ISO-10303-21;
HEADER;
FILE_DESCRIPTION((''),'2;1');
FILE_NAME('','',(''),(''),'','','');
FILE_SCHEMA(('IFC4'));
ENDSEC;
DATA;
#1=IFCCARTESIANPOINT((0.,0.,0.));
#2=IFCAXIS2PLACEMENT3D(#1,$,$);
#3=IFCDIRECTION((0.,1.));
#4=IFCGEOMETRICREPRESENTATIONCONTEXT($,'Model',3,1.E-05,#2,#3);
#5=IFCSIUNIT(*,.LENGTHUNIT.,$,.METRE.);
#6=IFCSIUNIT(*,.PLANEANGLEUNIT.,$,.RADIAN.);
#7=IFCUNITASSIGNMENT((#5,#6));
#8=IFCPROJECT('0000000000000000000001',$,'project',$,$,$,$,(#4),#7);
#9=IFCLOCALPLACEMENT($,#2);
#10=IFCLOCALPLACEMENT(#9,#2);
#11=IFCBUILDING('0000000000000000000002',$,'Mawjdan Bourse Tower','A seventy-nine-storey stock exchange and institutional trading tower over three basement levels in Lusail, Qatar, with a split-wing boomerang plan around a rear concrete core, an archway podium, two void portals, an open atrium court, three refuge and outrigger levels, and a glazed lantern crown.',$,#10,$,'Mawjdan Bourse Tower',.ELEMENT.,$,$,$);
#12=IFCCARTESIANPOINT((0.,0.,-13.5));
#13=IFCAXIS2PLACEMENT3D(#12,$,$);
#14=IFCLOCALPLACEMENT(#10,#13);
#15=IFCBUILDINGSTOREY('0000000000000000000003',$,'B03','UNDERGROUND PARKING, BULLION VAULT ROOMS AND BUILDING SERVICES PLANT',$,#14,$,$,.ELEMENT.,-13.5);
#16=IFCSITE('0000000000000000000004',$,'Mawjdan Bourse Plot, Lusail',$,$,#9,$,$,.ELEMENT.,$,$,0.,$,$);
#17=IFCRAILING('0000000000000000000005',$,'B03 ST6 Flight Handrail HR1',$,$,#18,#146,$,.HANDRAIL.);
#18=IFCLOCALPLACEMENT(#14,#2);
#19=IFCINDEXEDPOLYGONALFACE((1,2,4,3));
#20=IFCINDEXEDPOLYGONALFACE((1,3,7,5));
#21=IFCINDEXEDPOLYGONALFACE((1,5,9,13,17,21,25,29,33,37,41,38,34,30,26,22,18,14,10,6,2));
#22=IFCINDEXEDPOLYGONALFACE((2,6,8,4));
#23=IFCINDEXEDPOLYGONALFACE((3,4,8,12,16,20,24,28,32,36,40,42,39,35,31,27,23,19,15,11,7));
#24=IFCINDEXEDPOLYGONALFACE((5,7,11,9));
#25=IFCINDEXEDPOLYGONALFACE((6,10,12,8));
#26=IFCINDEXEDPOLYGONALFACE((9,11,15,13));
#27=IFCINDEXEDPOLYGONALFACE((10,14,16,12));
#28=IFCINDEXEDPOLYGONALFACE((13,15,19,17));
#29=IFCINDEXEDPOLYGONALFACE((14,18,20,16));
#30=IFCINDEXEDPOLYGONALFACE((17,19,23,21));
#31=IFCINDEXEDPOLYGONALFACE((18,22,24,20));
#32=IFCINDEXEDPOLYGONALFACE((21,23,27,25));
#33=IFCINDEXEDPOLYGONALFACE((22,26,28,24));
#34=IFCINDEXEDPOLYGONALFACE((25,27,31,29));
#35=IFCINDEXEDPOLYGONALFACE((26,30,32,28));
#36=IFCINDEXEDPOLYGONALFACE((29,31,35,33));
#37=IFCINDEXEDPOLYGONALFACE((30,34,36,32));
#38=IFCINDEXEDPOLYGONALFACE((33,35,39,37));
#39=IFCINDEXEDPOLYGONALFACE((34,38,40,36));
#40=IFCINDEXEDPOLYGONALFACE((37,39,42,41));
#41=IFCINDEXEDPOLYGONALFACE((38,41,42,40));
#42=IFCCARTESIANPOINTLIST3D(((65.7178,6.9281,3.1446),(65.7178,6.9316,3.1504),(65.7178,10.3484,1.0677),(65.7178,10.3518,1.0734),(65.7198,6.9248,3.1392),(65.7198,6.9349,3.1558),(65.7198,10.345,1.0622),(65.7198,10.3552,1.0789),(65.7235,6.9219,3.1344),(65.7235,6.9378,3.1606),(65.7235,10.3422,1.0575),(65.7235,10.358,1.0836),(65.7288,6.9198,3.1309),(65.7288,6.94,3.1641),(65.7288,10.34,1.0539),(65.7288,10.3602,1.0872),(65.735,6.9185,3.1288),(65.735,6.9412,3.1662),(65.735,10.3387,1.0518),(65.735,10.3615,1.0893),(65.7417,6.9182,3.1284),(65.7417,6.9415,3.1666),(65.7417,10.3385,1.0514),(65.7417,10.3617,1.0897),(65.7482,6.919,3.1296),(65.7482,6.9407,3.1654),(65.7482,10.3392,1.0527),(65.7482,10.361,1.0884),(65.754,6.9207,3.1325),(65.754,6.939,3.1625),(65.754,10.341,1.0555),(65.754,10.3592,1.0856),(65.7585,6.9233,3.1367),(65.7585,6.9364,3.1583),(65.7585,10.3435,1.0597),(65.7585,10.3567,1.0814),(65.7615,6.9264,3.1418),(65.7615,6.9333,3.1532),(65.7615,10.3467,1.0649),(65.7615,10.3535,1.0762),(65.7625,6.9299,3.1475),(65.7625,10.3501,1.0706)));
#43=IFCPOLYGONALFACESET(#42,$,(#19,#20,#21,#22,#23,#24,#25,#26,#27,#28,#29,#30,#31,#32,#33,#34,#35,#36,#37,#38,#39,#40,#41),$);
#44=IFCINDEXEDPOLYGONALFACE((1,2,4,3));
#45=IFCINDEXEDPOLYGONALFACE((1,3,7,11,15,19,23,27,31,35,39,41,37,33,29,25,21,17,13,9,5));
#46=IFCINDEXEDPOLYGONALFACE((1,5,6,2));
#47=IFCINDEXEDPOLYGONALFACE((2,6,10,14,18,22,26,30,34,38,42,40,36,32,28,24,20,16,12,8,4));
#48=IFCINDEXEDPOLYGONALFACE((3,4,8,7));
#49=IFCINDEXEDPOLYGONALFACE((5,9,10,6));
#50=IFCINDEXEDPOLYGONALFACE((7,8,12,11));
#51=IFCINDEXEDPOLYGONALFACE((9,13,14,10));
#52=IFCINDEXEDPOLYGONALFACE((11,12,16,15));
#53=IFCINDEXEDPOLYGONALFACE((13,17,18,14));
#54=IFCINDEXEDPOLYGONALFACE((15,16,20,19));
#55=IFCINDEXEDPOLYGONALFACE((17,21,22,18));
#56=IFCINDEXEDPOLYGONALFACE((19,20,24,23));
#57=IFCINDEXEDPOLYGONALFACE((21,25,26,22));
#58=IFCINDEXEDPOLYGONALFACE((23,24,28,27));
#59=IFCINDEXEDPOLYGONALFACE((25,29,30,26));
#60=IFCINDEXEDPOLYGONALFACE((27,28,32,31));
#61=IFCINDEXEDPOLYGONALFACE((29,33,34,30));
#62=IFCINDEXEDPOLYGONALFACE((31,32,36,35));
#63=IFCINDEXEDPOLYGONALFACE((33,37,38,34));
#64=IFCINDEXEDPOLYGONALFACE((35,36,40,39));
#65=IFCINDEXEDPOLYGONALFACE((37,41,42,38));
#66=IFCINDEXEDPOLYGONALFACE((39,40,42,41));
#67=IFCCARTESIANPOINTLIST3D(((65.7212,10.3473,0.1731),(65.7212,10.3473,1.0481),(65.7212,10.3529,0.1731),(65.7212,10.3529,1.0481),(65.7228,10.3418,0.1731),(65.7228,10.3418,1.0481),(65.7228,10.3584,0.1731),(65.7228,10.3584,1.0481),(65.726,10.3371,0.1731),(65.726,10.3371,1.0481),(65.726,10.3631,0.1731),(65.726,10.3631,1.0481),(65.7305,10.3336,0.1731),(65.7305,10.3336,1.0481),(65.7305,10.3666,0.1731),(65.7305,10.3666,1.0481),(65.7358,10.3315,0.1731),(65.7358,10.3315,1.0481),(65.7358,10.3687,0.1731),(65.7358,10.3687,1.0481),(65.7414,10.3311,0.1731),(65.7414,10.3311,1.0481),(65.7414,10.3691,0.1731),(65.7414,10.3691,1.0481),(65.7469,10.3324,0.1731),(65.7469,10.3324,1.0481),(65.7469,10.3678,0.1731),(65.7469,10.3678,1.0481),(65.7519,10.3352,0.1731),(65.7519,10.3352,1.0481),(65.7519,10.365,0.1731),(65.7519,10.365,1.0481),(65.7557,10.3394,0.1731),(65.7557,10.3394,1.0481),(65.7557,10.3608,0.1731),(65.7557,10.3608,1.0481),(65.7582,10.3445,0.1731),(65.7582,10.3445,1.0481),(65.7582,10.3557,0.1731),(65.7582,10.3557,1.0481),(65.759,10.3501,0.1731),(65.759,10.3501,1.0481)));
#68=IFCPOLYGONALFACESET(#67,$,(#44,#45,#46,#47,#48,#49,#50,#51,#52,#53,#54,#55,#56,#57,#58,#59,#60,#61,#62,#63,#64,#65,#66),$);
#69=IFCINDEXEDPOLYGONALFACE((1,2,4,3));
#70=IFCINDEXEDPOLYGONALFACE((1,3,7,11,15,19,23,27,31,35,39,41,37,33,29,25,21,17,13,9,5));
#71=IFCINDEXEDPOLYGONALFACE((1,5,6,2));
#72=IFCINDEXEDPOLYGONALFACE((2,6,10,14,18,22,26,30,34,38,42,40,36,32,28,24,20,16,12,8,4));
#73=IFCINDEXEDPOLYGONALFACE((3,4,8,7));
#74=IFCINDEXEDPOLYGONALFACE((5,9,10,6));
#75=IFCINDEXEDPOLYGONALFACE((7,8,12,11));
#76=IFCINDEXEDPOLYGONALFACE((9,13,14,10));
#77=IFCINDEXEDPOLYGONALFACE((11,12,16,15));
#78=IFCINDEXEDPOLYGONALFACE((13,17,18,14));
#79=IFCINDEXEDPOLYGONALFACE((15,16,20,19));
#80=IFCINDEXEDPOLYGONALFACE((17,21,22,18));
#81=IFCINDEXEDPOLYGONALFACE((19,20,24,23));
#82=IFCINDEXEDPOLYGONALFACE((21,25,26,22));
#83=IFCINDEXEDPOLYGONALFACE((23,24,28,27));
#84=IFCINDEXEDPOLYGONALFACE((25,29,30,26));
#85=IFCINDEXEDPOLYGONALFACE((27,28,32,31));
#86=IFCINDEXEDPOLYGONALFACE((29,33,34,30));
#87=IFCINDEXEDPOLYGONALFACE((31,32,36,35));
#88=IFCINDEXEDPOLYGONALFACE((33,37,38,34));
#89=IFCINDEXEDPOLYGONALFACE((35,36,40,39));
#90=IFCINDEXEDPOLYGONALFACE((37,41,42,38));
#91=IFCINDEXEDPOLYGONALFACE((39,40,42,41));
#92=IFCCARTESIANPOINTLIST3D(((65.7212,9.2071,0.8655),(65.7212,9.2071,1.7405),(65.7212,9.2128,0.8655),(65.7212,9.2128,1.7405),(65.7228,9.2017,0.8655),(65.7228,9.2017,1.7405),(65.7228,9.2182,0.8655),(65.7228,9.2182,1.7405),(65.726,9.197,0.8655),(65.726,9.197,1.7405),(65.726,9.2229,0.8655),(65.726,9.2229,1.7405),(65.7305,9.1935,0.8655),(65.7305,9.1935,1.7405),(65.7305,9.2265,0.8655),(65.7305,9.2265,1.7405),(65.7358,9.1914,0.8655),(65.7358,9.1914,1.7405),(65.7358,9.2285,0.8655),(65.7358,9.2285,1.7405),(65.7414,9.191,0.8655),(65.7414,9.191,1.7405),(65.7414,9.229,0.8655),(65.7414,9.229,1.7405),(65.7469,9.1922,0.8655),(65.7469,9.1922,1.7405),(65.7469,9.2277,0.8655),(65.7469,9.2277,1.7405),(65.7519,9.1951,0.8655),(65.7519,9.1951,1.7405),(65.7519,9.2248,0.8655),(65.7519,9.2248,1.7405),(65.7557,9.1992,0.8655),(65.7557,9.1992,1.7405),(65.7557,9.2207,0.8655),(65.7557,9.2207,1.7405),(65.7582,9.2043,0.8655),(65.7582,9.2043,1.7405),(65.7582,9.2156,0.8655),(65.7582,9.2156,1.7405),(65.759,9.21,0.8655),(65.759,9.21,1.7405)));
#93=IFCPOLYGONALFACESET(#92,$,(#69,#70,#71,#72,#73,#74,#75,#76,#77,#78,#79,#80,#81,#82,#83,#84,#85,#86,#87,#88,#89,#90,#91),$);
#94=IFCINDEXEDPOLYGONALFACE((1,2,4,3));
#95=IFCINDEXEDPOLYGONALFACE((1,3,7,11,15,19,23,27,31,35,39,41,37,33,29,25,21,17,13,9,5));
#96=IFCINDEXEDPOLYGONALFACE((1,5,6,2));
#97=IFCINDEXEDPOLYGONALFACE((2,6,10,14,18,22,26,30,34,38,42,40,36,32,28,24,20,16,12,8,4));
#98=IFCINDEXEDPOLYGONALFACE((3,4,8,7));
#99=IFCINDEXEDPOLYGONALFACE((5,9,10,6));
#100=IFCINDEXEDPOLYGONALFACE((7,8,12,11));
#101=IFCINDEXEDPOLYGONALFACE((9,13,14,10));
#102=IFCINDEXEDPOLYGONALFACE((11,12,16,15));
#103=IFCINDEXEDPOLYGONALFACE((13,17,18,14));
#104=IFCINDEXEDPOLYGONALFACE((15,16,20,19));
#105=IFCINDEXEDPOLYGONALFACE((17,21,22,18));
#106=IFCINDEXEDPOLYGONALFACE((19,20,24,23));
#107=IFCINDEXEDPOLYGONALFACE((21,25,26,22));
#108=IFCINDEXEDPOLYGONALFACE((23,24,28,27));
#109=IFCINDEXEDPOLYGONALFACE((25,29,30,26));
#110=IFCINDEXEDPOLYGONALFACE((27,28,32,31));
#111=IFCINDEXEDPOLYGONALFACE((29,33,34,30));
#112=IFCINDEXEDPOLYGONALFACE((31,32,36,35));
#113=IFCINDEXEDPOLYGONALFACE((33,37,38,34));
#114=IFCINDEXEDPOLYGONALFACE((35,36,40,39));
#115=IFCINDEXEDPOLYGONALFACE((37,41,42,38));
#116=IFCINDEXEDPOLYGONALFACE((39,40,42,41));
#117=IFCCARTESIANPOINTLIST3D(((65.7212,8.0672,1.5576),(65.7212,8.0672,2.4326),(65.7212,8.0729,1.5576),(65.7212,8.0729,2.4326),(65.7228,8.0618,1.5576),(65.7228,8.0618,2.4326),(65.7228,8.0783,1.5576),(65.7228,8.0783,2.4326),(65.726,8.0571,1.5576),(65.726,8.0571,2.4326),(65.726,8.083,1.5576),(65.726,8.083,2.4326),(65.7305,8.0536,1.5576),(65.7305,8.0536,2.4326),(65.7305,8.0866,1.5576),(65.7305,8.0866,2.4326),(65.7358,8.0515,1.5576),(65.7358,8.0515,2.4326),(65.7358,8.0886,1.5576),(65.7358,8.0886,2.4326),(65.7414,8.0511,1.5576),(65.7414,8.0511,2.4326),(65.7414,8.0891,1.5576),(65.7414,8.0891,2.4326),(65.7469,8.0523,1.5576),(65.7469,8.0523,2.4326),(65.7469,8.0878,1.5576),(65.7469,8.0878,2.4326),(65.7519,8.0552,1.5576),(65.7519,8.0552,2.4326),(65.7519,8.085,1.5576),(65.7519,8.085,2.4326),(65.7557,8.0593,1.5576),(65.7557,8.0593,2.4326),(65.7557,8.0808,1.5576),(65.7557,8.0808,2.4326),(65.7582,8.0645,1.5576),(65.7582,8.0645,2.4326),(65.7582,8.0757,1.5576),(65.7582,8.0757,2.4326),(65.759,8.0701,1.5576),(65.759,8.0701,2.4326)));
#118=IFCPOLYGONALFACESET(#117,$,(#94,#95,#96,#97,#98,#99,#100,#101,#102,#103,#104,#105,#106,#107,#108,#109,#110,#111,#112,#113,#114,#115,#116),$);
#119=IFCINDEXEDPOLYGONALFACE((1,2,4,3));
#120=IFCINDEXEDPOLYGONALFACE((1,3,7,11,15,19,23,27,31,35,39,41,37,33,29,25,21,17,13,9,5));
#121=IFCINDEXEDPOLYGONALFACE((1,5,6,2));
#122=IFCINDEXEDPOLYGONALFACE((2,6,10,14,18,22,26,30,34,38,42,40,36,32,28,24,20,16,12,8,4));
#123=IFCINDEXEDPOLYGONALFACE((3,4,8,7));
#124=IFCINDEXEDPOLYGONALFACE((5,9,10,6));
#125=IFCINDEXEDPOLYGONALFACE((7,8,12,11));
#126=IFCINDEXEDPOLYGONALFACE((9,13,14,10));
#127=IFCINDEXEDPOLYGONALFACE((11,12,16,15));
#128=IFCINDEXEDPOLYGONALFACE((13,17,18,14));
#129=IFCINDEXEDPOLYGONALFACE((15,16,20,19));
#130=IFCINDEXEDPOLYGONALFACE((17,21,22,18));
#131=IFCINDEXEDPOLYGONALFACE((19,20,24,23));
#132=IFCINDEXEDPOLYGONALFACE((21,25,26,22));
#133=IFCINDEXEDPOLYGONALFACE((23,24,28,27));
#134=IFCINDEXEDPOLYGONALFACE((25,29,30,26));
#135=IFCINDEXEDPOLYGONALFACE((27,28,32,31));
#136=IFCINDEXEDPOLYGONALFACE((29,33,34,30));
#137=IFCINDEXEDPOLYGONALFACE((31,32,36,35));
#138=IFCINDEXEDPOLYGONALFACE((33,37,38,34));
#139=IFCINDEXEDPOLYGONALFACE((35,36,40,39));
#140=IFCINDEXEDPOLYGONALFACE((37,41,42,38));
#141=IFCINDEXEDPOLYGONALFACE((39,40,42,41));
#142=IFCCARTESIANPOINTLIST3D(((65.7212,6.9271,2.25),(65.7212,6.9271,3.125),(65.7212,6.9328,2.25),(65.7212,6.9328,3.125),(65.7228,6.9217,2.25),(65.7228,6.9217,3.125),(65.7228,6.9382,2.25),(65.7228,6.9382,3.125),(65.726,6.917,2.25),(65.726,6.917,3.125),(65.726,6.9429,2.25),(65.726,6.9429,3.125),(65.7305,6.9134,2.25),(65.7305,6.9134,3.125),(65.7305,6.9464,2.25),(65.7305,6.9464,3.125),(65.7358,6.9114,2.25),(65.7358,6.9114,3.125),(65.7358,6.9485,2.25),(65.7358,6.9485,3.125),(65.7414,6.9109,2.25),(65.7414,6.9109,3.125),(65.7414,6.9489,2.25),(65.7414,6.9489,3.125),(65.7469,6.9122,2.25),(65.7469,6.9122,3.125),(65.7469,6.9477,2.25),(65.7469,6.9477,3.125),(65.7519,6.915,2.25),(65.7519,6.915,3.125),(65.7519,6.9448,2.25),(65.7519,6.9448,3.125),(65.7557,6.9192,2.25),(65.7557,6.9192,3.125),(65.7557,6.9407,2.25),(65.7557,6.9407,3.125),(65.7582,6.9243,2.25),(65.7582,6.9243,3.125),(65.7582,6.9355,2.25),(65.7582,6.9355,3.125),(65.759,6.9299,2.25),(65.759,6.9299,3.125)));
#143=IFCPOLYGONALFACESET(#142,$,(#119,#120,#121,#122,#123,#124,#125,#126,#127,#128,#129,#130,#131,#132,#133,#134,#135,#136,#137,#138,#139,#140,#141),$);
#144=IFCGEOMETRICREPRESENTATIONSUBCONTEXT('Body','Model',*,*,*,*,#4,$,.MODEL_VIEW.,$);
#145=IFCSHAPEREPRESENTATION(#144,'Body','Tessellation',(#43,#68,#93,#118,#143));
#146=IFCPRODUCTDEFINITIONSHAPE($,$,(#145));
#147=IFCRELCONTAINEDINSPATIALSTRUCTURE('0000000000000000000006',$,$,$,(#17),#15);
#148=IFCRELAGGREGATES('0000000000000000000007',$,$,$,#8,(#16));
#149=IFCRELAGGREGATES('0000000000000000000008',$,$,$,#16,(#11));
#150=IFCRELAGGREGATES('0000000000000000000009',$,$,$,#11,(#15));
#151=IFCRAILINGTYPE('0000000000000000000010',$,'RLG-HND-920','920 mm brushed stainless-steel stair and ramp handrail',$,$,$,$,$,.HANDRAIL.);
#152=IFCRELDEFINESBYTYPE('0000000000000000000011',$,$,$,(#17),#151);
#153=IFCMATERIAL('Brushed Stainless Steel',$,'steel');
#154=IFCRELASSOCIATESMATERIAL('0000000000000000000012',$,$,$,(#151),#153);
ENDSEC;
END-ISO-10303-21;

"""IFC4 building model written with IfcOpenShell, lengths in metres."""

from ifc_helpers import new_model, si_unit, direction, frame, origin, origin_2d, place, context, subcontext, project, spatial, circle, extrude, material, type_object, element, save


model = new_model("IFC4")

# Units and contexts
model_context = context("Model", 3, precision=1e-05, world=origin(), true_north=direction((0.0, 1.0)))
body_context = subcontext(model_context, "Body", "Model", "MODEL_VIEW")
ifc_project = project(units=[si_unit("LENGTHUNIT", "METRE"), si_unit("PLANEANGLEUNIT", "RADIAN")], contexts=[model_context])

# Site, building, storey
site_placement = place(None, origin())
site = spatial("IfcSite", under=ifc_project, at=site_placement, Name="Mawjdan Bourse Plot, Lusail", CompositionType="ELEMENT", RefElevation=0.0)
building_placement = place(site_placement, origin())
building = spatial("IfcBuilding", under=site, at=building_placement, Name="Mawjdan Bourse Tower", Description="A seventy-nine-storey stock exchange and institutional trading tower over three basement levels in Lusail, Qatar, with a split-wing boomerang plan around a rear concrete core, an archway podium, two void portals, an open atrium court, three refuge and outrigger levels, and a glazed lantern crown.", LongName="Mawjdan Bourse Tower", CompositionType="ELEMENT")
storey_placement = place(building_placement, frame((0.0, 0.0, -13.5)))
storey = spatial("IfcBuildingStorey", under=building, at=storey_placement, Name="B03", Description="UNDERGROUND PARKING, BULLION VAULT ROOMS AND BUILDING SERVICES PLANT", CompositionType="ELEMENT", Elevation=-13.5)

# Railing
ifc_material_1 = material(Name="Brushed Stainless Steel", Category="steel")
railing_type_1 = type_object("IfcRailingType", Name="RLG-HND-920", Description="920 mm brushed stainless-steel stair and ramp handrail", PredefinedType="HANDRAIL", material=ifc_material_1)
railing_1_placement = place(storey_placement, frame((65.74, 10.3501, 0.1731)))
element("IfcRailing", 1, at=railing_1_placement, inside=storey, type_object=railing_type_1, Name="B03 ST6 Flight Handrail HR1", PredefinedType="HANDRAIL", context=body_context, shape_type="SweptSolid", body=[
    extrude(circle(Radius=0.0225, at=origin_2d()), frame((0.0, 0.0, 0.8975), z_axis=(0.0, -0.854746, 0.519047), x_axis=(1.0, 0.0, 0.0)), (0.0, 0.0, 1.0), 4.0015),
    extrude(circle(Radius=0.019, at=origin_2d()), origin(), (0.0, 0.0, 1.0), 0.875),
    extrude(circle(Radius=0.019, at=origin_2d()), frame((0.0, -1.1401, 0.6924)), (0.0, 0.0, 1.0), 0.875),
    extrude(circle(Radius=0.019, at=origin_2d()), frame((0.0, -2.28, 1.3845)), (0.0, 0.0, 1.0), 0.875),
    extrude(circle(Radius=0.019, at=origin_2d()), frame((0.0, -3.4202, 2.0769)), (0.0, 0.0, 1.0), 0.875),
])

save(model, "model.ifc")
